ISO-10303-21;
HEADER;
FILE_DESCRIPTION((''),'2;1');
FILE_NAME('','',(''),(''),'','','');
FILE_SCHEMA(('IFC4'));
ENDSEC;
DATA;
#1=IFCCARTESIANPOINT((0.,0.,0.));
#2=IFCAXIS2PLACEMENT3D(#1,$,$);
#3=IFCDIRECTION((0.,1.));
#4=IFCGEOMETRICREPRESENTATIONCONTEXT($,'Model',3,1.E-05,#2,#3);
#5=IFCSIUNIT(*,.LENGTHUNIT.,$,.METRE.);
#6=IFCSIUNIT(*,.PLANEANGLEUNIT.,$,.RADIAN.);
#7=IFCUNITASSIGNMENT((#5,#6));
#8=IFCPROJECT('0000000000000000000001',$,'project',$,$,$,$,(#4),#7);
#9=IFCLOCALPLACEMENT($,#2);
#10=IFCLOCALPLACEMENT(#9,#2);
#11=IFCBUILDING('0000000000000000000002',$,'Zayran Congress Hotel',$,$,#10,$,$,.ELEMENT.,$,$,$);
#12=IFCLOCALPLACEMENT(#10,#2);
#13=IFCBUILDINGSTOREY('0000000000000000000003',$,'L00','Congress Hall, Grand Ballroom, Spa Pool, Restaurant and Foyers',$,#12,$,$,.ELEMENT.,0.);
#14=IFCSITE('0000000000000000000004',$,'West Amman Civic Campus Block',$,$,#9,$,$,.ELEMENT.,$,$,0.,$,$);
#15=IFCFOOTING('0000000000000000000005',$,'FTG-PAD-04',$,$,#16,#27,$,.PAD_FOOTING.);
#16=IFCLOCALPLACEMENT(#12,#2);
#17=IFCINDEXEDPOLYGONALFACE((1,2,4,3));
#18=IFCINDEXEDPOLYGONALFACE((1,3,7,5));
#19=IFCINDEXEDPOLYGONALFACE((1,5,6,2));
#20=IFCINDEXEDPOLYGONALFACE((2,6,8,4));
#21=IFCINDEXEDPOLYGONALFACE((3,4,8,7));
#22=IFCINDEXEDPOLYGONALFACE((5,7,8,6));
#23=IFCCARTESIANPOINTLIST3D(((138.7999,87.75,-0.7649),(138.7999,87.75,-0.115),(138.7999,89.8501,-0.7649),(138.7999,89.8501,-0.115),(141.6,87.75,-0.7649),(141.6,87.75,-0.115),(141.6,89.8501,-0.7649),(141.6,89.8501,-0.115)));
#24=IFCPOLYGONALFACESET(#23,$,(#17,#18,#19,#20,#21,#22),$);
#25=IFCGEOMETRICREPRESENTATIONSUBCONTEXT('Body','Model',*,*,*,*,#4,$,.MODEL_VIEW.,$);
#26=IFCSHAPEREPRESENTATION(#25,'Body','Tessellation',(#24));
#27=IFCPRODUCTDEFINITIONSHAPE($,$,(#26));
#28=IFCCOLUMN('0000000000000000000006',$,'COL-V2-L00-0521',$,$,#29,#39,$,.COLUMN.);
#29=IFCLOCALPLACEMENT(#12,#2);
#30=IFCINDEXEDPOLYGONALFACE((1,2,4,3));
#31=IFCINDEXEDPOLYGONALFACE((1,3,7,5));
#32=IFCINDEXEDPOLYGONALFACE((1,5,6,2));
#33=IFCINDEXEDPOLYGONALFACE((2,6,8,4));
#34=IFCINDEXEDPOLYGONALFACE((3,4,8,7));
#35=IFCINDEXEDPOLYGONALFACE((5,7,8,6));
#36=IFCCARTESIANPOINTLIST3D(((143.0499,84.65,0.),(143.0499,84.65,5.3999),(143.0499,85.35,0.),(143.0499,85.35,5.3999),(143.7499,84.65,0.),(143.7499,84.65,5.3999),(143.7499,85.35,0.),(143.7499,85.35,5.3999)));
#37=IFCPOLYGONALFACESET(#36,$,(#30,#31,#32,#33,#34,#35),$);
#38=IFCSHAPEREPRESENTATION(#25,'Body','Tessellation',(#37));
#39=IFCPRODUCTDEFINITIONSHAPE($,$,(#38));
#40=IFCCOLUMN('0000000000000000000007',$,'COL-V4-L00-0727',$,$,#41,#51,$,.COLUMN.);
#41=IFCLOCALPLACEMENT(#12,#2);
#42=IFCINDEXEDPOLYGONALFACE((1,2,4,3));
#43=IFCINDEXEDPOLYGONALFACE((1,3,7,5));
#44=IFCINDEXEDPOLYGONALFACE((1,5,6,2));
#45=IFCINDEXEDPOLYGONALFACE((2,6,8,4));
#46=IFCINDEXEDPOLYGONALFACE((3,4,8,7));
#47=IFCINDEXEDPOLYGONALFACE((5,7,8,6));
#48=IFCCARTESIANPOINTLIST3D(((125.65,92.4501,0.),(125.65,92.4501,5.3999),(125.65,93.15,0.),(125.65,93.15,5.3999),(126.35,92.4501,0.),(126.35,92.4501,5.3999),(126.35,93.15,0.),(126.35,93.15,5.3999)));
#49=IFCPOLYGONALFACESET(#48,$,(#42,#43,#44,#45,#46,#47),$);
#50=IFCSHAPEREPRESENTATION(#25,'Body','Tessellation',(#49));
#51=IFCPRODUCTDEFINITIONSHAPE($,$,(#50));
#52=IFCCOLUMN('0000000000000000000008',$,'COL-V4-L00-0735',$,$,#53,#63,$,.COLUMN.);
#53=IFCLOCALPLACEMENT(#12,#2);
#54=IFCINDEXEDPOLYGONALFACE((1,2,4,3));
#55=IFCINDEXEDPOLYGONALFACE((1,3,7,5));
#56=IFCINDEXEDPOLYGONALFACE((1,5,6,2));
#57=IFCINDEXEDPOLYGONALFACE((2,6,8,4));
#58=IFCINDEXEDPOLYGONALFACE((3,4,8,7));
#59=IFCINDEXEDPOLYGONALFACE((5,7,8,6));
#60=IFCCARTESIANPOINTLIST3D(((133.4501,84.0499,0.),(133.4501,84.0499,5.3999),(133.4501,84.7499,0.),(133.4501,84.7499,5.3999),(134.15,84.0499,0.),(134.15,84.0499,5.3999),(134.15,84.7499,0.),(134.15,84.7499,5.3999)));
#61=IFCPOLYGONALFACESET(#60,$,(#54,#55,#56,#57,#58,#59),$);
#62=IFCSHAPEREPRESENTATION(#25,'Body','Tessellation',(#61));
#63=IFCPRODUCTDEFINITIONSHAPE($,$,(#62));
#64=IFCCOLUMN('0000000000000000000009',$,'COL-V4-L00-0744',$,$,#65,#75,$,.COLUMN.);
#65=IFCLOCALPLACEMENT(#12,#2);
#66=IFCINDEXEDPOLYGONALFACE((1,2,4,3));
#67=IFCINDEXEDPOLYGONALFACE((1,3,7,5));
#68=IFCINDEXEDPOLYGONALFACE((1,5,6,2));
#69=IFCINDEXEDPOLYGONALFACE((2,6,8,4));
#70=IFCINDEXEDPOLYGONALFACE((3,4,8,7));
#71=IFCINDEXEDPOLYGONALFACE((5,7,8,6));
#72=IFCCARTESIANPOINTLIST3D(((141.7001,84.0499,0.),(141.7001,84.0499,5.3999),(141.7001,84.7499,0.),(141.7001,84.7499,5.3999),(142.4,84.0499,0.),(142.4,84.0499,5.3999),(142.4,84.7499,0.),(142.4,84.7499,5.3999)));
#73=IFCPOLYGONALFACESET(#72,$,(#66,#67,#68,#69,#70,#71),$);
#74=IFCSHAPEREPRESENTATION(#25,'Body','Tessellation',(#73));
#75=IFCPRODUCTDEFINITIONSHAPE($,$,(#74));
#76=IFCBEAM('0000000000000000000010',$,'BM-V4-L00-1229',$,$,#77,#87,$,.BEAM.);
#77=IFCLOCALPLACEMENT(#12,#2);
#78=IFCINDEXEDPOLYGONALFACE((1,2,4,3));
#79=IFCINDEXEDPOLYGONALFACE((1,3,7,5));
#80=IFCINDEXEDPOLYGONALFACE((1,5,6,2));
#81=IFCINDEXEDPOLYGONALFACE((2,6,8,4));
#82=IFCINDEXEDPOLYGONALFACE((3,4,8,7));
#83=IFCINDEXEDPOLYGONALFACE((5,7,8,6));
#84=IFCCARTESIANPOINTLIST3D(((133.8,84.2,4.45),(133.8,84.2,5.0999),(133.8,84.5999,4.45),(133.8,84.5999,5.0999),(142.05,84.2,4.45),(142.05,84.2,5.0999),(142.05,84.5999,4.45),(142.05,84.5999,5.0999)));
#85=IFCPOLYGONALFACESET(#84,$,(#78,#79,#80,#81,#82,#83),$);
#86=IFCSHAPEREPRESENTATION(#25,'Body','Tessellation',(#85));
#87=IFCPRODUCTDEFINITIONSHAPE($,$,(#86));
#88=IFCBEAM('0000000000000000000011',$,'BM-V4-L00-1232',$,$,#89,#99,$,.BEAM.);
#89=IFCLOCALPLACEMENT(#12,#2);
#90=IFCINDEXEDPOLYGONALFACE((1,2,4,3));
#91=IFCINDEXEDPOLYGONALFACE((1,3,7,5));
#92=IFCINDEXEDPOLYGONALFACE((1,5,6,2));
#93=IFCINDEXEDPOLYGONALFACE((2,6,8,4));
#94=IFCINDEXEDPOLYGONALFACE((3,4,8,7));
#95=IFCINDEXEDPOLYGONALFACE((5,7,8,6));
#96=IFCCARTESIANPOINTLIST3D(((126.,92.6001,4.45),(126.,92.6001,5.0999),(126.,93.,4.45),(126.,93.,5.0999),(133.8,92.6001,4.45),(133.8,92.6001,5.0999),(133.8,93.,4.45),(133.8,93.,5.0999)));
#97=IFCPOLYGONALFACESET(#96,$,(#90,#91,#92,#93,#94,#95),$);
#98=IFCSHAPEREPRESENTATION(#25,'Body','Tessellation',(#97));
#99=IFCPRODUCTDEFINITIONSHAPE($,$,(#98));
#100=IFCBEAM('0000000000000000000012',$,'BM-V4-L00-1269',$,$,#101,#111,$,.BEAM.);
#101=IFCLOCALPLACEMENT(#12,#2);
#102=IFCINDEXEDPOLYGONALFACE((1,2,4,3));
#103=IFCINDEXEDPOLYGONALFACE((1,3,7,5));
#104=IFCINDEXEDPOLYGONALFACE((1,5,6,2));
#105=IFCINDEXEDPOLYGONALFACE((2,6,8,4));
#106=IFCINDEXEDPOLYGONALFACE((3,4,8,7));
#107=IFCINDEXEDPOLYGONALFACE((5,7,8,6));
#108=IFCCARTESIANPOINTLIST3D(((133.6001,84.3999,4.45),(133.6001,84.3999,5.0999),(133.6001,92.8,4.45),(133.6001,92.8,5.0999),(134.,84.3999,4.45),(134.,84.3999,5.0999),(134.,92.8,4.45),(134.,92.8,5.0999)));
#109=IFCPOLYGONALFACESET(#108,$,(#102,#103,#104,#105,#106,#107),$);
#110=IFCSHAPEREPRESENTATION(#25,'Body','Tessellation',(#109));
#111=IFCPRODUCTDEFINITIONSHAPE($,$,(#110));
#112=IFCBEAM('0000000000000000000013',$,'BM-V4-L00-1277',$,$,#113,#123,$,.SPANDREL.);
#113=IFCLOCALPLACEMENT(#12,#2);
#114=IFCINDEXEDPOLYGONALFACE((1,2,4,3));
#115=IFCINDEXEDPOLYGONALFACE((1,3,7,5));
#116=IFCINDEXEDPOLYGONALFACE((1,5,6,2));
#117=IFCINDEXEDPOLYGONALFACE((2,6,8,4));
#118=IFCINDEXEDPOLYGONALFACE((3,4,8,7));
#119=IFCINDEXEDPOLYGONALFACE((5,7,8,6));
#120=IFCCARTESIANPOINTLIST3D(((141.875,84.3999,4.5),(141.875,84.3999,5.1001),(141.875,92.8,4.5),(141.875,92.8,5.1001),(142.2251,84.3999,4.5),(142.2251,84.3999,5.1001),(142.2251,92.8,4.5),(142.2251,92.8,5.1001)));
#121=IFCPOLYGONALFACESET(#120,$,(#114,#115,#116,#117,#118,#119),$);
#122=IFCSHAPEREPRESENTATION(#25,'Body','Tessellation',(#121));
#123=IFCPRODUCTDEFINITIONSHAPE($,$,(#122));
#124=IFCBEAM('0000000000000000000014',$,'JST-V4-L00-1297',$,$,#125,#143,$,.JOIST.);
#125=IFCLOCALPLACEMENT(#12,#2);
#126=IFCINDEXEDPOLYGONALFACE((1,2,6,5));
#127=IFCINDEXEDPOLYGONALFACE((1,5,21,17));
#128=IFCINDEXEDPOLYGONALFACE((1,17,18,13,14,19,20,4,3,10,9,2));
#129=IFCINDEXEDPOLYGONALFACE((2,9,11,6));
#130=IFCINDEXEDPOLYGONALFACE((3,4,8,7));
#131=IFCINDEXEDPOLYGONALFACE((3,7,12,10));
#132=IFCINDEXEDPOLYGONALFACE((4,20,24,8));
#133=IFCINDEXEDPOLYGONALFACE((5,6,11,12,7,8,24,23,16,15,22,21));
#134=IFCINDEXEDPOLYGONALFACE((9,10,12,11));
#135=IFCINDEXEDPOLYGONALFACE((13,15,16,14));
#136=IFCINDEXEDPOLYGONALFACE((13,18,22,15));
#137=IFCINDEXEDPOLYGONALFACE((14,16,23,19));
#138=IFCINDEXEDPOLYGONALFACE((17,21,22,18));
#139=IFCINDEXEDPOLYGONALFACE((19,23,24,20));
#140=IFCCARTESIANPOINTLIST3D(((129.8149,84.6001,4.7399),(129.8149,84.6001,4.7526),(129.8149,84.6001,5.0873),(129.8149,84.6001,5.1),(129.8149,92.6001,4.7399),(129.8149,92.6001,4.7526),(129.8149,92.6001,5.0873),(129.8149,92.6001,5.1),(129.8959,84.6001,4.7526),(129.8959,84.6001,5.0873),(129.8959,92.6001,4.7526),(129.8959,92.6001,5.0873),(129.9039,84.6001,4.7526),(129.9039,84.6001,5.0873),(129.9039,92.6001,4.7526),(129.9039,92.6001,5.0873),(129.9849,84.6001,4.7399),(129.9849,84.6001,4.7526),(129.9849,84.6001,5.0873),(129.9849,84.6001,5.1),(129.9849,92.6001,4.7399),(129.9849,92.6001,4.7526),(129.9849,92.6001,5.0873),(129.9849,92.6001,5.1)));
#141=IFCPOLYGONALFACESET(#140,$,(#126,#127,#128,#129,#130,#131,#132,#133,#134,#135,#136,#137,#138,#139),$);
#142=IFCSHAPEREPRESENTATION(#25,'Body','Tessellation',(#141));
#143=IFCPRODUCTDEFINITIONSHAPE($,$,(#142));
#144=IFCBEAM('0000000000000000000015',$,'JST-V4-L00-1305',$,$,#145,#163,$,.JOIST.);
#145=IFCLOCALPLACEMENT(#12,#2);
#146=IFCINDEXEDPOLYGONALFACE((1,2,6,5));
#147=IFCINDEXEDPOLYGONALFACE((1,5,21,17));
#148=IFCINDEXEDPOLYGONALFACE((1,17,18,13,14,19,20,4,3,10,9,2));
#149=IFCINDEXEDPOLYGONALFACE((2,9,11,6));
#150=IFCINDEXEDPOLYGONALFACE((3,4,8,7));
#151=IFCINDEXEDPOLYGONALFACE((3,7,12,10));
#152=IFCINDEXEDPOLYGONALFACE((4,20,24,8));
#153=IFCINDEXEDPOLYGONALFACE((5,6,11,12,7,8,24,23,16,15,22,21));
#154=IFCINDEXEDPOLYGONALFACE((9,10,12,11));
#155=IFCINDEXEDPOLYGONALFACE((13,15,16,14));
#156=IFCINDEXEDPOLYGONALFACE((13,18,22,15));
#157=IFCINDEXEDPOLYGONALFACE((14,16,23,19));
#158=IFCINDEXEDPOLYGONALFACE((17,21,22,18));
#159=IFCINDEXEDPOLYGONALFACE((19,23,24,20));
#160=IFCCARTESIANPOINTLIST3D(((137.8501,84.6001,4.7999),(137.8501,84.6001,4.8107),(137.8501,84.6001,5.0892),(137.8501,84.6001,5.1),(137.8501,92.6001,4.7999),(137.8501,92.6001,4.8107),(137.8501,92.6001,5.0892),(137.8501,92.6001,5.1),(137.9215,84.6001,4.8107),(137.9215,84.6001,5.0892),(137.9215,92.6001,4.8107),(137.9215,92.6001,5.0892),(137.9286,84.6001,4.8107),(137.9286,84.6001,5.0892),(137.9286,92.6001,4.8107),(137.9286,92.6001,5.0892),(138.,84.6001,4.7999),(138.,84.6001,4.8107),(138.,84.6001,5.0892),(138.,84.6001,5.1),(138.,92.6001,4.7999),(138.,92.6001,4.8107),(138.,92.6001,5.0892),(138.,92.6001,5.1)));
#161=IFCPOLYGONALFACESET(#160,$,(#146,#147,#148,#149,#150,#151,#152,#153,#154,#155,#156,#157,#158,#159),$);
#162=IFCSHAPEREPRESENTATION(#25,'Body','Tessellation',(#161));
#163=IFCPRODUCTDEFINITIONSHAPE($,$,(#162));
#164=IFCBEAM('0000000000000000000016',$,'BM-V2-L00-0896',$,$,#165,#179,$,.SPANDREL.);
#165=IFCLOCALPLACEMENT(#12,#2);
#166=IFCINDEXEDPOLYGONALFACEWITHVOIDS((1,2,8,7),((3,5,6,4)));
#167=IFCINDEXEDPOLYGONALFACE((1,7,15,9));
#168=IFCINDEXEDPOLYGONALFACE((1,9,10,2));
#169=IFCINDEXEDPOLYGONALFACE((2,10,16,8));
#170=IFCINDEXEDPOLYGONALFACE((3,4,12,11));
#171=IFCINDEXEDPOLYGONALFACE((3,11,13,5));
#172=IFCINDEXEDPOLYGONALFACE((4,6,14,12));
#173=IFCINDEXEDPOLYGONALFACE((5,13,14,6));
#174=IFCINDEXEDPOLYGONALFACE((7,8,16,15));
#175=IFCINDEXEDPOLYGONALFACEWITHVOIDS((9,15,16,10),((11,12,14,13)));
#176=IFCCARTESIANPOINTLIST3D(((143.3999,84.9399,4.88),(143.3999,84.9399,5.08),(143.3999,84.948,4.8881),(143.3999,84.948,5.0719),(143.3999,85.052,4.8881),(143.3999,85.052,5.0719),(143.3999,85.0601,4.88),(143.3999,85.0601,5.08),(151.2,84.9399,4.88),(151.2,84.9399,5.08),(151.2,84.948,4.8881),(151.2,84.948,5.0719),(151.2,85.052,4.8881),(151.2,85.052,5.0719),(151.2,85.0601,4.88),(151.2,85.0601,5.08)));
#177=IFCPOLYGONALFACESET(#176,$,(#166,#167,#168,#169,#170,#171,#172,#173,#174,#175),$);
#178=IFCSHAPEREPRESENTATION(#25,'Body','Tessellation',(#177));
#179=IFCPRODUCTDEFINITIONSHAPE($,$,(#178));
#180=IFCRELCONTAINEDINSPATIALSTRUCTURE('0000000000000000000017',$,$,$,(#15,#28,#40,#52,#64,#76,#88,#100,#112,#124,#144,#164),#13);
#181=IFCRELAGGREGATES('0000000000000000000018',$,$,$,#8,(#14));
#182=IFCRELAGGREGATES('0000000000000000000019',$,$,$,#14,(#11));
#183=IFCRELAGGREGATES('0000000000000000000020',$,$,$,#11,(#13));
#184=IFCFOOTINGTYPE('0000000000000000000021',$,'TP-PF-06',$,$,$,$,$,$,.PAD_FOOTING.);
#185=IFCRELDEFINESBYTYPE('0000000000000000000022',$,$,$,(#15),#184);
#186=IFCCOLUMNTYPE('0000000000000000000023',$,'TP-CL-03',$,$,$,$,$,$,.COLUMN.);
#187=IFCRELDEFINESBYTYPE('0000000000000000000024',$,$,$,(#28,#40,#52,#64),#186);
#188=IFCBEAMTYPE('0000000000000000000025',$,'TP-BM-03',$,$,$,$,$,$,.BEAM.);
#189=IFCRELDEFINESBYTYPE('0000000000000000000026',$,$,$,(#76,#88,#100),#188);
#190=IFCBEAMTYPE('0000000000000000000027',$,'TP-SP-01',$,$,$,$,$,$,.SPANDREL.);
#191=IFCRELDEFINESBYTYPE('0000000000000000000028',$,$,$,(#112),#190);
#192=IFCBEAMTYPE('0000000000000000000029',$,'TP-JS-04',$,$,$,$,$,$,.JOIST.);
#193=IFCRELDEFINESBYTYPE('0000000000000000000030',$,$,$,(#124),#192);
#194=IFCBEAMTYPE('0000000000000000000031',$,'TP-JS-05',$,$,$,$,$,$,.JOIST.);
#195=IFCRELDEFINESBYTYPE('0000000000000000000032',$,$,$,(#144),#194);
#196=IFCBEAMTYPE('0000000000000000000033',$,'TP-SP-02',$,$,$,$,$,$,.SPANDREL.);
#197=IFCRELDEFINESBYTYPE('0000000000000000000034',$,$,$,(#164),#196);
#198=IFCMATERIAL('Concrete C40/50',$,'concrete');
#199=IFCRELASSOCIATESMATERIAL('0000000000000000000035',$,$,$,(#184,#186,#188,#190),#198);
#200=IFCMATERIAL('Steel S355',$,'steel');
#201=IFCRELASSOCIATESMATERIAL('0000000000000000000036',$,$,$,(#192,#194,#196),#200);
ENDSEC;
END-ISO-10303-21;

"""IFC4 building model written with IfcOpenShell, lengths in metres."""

from ifc_helpers import new_model, si_unit, direction, frame, origin, origin_2d, place, context, subcontext, project, spatial, rectangle, hollow_rectangle, i_section, extrude, material, material_profile, profile_set, type_object, element, save


model = new_model("IFC4")

# Units and contexts
model_context = context("Model", 3, precision=1e-05, world=origin(), true_north=direction((0.0, 1.0)))
body_context = subcontext(model_context, "Body", "Model", "MODEL_VIEW")
ifc_project = project(units=[si_unit("LENGTHUNIT", "METRE"), si_unit("PLANEANGLEUNIT", "RADIAN")], contexts=[model_context])

# Site, building, storey
site_placement = place(None, origin())
site = spatial("IfcSite", under=ifc_project, at=site_placement, Name="West Amman Civic Campus Block", CompositionType="ELEMENT", RefElevation=0.0)
building_placement = place(site_placement, origin())
building = spatial("IfcBuilding", under=site, at=building_placement, Name="Zayran Congress Hotel", CompositionType="ELEMENT")
storey_placement = place(building_placement, origin())
storey = spatial("IfcBuildingStorey", under=building, at=storey_placement, Name="L00", Description="Congress Hall, Grand Ballroom, Spa Pool, Restaurant and Foyers", CompositionType="ELEMENT", Elevation=0.0)

# Footing
ifc_material_1 = material(Name="Concrete C40/50", Category="concrete")
footing_type = type_object("IfcFootingType", Name="TP-PF-06", PredefinedType="PAD_FOOTING", material=ifc_material_1)
footing_placement = place(storey_placement, frame((140.2, 88.8, -0.7649), z_axis=(0.0, 0.0, 1.0), x_axis=(1.0, 0.0, 0.0)))
element("IfcFooting", 1, at=footing_placement, inside=storey, type_object=footing_type, Name="FTG-PAD-04", PredefinedType="PAD_FOOTING", context=body_context, shape_type="SweptSolid", body=[
    extrude(rectangle(XDim=2.8, YDim=2.1001, at=origin_2d()), origin(), (0.0, 0.0, 1.0), 0.6499),
])

# Columns
ifc_material_profile_1 = material_profile(ifc_material_1, rectangle(XDim=0.7, YDim=0.7, at=origin_2d()), Name="RC 700x700")
ifc_profile_set_1 = profile_set([ifc_material_profile_1], Name="Concrete C40/50")
column_type = type_object("IfcColumnType", Name="TP-CL-03", PredefinedType="COLUMN", material=ifc_profile_set_1)
for number, where, z_axis, x_axis, name in (
    (2, (143.3999, 85.0, 0.0), (0.0, 0.0, 1.0), (1.0, 0.0, 0.0), "COL-V2-L00-0521"),
    (3, (126.0, 92.8, 0.0), (0.0, 0.0, 1.0), (1.0, 0.0, 0.0), "COL-V4-L00-0727"),
    (4, (133.8, 84.3999, 0.0), (0.0, 0.0, 1.0), (1.0, 0.0, 0.0), "COL-V4-L00-0735"),
    (5, (142.05, 84.3999, 0.0), (0.0, 0.0, 1.0), (1.0, 0.0, 0.0), "COL-V4-L00-0744"),
):
    element("IfcColumn", number, at=place(storey_placement, frame(where, z_axis=z_axis, x_axis=x_axis)), inside=storey, type_object=column_type, Name=name, PredefinedType="COLUMN", context=body_context, shape_type="SweptSolid", body=[
        extrude(rectangle(XDim=0.7, YDim=0.7, at=origin_2d()), origin(), (0.0, 0.0, 1.0), 5.3999),
    ])

# Beams
ifc_material_profile_2 = material_profile(ifc_material_1, rectangle(XDim=0.3999, YDim=0.6499, at=origin_2d()), Name="RC 400x650")
ifc_profile_set_2 = profile_set([ifc_material_profile_2], Name="Concrete C40/50")
beam_type_1 = type_object("IfcBeamType", Name="TP-BM-03", PredefinedType="BEAM", material=ifc_profile_set_2)
beam_1_placement = place(storey_placement, frame((133.8, 84.3999, 4.7749), z_axis=(1.0, 0.0, 0.0), x_axis=(0.0, 1.0, 0.0)))
element("IfcBeam", 6, at=beam_1_placement, inside=storey, type_object=beam_type_1, Name="BM-V4-L00-1229", PredefinedType="BEAM", context=body_context, shape_type="SweptSolid", body=[
    extrude(rectangle(XDim=0.3999, YDim=0.6499, at=origin_2d()), origin(), (0.0, 0.0, 1.0), 8.25),
])
beam_2_placement = place(storey_placement, frame((126.0, 92.8, 4.7749), z_axis=(1.0, 0.0, 0.0), x_axis=(0.0, 1.0, 0.0)))
element("IfcBeam", 7, at=beam_2_placement, inside=storey, type_object=beam_type_1, Name="BM-V4-L00-1232", PredefinedType="BEAM", context=body_context, shape_type="SweptSolid", body=[
    extrude(rectangle(XDim=0.3999, YDim=0.6499, at=origin_2d()), origin(), (0.0, 0.0, 1.0), 7.8),
])
beam_3_placement = place(storey_placement, frame((133.8, 84.3999, 4.7749), z_axis=(0.0, 1.0, 0.0), x_axis=(-1.0, 0.0, 0.0)))
element("IfcBeam", 8, at=beam_3_placement, inside=storey, type_object=beam_type_1, Name="BM-V4-L00-1269", PredefinedType="BEAM", context=body_context, shape_type="SweptSolid", body=[
    extrude(rectangle(XDim=0.3999, YDim=0.6499, at=origin_2d()), origin(), (0.0, 0.0, 1.0), 8.4001),
])
ifc_material_profile_3 = material_profile(ifc_material_1, rectangle(XDim=0.3501, YDim=0.6001, at=origin_2d()), Name="RC 350x600")
ifc_profile_set_3 = profile_set([ifc_material_profile_3], Name="Concrete C40/50")
beam_type_2 = type_object("IfcBeamType", Name="TP-SP-01", PredefinedType="SPANDREL", material=ifc_profile_set_3)
beam_4_placement = place(storey_placement, frame((142.05, 84.3999, 4.8), z_axis=(0.0, 1.0, 0.0), x_axis=(-1.0, 0.0, 0.0)))
element("IfcBeam", 9, at=beam_4_placement, inside=storey, type_object=beam_type_2, Name="BM-V4-L00-1277", PredefinedType="SPANDREL", context=body_context, shape_type="SweptSolid", body=[
    extrude(rectangle(XDim=0.3501, YDim=0.6001, at=origin_2d()), origin(), (0.0, 0.0, 1.0), 8.4001),
])
ifc_material_2 = material(Name="Steel S355", Category="steel")
ifc_material_profile_4 = material_profile(ifc_material_2, i_section(OverallWidth=0.1699, OverallDepth=0.3601, WebThickness=0.0081, FlangeThickness=0.0127, at=origin_2d()), Name="IPE 360")
ifc_profile_set_4 = profile_set([ifc_material_profile_4], Name="Steel S355")
beam_type_3 = type_object("IfcBeamType", Name="TP-JS-04", PredefinedType="JOIST", material=ifc_profile_set_4)
beam_5_placement = place(storey_placement, frame((129.8999, 84.6001, 4.9199), z_axis=(0.0, 1.0, 0.0), x_axis=(-1.0, 0.0, 0.0)))
element("IfcBeam", 10, at=beam_5_placement, inside=storey, type_object=beam_type_3, Name="JST-V4-L00-1297", PredefinedType="JOIST", context=body_context, shape_type="SweptSolid", body=[
    extrude(i_section(OverallWidth=0.1699, OverallDepth=0.3601, WebThickness=0.0081, FlangeThickness=0.0127, at=origin_2d()), origin(), (0.0, 0.0, 1.0), 8.0),
])
ifc_material_profile_5 = material_profile(ifc_material_2, i_section(OverallWidth=0.1499, OverallDepth=0.3, WebThickness=0.0071, FlangeThickness=0.0107, at=origin_2d()), Name="IPE 300")
ifc_profile_set_5 = profile_set([ifc_material_profile_5], Name="Steel S355")
beam_type_4 = type_object("IfcBeamType", Name="TP-JS-05", PredefinedType="JOIST", material=ifc_profile_set_5)
beam_6_placement = place(storey_placement, frame((137.925, 84.6001, 4.95), z_axis=(0.0, 1.0, 0.0), x_axis=(-1.0, 0.0, 0.0)))
element("IfcBeam", 11, at=beam_6_placement, inside=storey, type_object=beam_type_4, Name="JST-V4-L00-1305", PredefinedType="JOIST", context=body_context, shape_type="SweptSolid", body=[
    extrude(i_section(OverallWidth=0.1499, OverallDepth=0.3, WebThickness=0.0071, FlangeThickness=0.0107, at=origin_2d()), origin(), (0.0, 0.0, 1.0), 8.0),
])
ifc_material_profile_6 = material_profile(ifc_material_2, hollow_rectangle(XDim=0.1201, YDim=0.2, WallThickness=0.0081, at=origin_2d()), Name="RHS 200x120x8")
ifc_profile_set_6 = profile_set([ifc_material_profile_6], Name="Steel S355")
beam_type_5 = type_object("IfcBeamType", Name="TP-SP-02", PredefinedType="SPANDREL", material=ifc_profile_set_6)
for number, where, z_axis, x_axis, name in (
    (12, (143.3999, 85.0, 4.98), (1.0, 0.0, 0.0), (0.0, 1.0, 0.0), "BM-V2-L00-0896"),
):
    element("IfcBeam", number, at=place(storey_placement, frame(where, z_axis=z_axis, x_axis=x_axis)), inside=storey, type_object=beam_type_5, Name=name, PredefinedType="SPANDREL", context=body_context, shape_type="SweptSolid", body=[
        extrude(hollow_rectangle(XDim=0.1201, YDim=0.2, WallThickness=0.0081, at=origin_2d()), origin(), (0.0, 0.0, 1.0), 7.8),
    ])

save(model, "model.ifc")
